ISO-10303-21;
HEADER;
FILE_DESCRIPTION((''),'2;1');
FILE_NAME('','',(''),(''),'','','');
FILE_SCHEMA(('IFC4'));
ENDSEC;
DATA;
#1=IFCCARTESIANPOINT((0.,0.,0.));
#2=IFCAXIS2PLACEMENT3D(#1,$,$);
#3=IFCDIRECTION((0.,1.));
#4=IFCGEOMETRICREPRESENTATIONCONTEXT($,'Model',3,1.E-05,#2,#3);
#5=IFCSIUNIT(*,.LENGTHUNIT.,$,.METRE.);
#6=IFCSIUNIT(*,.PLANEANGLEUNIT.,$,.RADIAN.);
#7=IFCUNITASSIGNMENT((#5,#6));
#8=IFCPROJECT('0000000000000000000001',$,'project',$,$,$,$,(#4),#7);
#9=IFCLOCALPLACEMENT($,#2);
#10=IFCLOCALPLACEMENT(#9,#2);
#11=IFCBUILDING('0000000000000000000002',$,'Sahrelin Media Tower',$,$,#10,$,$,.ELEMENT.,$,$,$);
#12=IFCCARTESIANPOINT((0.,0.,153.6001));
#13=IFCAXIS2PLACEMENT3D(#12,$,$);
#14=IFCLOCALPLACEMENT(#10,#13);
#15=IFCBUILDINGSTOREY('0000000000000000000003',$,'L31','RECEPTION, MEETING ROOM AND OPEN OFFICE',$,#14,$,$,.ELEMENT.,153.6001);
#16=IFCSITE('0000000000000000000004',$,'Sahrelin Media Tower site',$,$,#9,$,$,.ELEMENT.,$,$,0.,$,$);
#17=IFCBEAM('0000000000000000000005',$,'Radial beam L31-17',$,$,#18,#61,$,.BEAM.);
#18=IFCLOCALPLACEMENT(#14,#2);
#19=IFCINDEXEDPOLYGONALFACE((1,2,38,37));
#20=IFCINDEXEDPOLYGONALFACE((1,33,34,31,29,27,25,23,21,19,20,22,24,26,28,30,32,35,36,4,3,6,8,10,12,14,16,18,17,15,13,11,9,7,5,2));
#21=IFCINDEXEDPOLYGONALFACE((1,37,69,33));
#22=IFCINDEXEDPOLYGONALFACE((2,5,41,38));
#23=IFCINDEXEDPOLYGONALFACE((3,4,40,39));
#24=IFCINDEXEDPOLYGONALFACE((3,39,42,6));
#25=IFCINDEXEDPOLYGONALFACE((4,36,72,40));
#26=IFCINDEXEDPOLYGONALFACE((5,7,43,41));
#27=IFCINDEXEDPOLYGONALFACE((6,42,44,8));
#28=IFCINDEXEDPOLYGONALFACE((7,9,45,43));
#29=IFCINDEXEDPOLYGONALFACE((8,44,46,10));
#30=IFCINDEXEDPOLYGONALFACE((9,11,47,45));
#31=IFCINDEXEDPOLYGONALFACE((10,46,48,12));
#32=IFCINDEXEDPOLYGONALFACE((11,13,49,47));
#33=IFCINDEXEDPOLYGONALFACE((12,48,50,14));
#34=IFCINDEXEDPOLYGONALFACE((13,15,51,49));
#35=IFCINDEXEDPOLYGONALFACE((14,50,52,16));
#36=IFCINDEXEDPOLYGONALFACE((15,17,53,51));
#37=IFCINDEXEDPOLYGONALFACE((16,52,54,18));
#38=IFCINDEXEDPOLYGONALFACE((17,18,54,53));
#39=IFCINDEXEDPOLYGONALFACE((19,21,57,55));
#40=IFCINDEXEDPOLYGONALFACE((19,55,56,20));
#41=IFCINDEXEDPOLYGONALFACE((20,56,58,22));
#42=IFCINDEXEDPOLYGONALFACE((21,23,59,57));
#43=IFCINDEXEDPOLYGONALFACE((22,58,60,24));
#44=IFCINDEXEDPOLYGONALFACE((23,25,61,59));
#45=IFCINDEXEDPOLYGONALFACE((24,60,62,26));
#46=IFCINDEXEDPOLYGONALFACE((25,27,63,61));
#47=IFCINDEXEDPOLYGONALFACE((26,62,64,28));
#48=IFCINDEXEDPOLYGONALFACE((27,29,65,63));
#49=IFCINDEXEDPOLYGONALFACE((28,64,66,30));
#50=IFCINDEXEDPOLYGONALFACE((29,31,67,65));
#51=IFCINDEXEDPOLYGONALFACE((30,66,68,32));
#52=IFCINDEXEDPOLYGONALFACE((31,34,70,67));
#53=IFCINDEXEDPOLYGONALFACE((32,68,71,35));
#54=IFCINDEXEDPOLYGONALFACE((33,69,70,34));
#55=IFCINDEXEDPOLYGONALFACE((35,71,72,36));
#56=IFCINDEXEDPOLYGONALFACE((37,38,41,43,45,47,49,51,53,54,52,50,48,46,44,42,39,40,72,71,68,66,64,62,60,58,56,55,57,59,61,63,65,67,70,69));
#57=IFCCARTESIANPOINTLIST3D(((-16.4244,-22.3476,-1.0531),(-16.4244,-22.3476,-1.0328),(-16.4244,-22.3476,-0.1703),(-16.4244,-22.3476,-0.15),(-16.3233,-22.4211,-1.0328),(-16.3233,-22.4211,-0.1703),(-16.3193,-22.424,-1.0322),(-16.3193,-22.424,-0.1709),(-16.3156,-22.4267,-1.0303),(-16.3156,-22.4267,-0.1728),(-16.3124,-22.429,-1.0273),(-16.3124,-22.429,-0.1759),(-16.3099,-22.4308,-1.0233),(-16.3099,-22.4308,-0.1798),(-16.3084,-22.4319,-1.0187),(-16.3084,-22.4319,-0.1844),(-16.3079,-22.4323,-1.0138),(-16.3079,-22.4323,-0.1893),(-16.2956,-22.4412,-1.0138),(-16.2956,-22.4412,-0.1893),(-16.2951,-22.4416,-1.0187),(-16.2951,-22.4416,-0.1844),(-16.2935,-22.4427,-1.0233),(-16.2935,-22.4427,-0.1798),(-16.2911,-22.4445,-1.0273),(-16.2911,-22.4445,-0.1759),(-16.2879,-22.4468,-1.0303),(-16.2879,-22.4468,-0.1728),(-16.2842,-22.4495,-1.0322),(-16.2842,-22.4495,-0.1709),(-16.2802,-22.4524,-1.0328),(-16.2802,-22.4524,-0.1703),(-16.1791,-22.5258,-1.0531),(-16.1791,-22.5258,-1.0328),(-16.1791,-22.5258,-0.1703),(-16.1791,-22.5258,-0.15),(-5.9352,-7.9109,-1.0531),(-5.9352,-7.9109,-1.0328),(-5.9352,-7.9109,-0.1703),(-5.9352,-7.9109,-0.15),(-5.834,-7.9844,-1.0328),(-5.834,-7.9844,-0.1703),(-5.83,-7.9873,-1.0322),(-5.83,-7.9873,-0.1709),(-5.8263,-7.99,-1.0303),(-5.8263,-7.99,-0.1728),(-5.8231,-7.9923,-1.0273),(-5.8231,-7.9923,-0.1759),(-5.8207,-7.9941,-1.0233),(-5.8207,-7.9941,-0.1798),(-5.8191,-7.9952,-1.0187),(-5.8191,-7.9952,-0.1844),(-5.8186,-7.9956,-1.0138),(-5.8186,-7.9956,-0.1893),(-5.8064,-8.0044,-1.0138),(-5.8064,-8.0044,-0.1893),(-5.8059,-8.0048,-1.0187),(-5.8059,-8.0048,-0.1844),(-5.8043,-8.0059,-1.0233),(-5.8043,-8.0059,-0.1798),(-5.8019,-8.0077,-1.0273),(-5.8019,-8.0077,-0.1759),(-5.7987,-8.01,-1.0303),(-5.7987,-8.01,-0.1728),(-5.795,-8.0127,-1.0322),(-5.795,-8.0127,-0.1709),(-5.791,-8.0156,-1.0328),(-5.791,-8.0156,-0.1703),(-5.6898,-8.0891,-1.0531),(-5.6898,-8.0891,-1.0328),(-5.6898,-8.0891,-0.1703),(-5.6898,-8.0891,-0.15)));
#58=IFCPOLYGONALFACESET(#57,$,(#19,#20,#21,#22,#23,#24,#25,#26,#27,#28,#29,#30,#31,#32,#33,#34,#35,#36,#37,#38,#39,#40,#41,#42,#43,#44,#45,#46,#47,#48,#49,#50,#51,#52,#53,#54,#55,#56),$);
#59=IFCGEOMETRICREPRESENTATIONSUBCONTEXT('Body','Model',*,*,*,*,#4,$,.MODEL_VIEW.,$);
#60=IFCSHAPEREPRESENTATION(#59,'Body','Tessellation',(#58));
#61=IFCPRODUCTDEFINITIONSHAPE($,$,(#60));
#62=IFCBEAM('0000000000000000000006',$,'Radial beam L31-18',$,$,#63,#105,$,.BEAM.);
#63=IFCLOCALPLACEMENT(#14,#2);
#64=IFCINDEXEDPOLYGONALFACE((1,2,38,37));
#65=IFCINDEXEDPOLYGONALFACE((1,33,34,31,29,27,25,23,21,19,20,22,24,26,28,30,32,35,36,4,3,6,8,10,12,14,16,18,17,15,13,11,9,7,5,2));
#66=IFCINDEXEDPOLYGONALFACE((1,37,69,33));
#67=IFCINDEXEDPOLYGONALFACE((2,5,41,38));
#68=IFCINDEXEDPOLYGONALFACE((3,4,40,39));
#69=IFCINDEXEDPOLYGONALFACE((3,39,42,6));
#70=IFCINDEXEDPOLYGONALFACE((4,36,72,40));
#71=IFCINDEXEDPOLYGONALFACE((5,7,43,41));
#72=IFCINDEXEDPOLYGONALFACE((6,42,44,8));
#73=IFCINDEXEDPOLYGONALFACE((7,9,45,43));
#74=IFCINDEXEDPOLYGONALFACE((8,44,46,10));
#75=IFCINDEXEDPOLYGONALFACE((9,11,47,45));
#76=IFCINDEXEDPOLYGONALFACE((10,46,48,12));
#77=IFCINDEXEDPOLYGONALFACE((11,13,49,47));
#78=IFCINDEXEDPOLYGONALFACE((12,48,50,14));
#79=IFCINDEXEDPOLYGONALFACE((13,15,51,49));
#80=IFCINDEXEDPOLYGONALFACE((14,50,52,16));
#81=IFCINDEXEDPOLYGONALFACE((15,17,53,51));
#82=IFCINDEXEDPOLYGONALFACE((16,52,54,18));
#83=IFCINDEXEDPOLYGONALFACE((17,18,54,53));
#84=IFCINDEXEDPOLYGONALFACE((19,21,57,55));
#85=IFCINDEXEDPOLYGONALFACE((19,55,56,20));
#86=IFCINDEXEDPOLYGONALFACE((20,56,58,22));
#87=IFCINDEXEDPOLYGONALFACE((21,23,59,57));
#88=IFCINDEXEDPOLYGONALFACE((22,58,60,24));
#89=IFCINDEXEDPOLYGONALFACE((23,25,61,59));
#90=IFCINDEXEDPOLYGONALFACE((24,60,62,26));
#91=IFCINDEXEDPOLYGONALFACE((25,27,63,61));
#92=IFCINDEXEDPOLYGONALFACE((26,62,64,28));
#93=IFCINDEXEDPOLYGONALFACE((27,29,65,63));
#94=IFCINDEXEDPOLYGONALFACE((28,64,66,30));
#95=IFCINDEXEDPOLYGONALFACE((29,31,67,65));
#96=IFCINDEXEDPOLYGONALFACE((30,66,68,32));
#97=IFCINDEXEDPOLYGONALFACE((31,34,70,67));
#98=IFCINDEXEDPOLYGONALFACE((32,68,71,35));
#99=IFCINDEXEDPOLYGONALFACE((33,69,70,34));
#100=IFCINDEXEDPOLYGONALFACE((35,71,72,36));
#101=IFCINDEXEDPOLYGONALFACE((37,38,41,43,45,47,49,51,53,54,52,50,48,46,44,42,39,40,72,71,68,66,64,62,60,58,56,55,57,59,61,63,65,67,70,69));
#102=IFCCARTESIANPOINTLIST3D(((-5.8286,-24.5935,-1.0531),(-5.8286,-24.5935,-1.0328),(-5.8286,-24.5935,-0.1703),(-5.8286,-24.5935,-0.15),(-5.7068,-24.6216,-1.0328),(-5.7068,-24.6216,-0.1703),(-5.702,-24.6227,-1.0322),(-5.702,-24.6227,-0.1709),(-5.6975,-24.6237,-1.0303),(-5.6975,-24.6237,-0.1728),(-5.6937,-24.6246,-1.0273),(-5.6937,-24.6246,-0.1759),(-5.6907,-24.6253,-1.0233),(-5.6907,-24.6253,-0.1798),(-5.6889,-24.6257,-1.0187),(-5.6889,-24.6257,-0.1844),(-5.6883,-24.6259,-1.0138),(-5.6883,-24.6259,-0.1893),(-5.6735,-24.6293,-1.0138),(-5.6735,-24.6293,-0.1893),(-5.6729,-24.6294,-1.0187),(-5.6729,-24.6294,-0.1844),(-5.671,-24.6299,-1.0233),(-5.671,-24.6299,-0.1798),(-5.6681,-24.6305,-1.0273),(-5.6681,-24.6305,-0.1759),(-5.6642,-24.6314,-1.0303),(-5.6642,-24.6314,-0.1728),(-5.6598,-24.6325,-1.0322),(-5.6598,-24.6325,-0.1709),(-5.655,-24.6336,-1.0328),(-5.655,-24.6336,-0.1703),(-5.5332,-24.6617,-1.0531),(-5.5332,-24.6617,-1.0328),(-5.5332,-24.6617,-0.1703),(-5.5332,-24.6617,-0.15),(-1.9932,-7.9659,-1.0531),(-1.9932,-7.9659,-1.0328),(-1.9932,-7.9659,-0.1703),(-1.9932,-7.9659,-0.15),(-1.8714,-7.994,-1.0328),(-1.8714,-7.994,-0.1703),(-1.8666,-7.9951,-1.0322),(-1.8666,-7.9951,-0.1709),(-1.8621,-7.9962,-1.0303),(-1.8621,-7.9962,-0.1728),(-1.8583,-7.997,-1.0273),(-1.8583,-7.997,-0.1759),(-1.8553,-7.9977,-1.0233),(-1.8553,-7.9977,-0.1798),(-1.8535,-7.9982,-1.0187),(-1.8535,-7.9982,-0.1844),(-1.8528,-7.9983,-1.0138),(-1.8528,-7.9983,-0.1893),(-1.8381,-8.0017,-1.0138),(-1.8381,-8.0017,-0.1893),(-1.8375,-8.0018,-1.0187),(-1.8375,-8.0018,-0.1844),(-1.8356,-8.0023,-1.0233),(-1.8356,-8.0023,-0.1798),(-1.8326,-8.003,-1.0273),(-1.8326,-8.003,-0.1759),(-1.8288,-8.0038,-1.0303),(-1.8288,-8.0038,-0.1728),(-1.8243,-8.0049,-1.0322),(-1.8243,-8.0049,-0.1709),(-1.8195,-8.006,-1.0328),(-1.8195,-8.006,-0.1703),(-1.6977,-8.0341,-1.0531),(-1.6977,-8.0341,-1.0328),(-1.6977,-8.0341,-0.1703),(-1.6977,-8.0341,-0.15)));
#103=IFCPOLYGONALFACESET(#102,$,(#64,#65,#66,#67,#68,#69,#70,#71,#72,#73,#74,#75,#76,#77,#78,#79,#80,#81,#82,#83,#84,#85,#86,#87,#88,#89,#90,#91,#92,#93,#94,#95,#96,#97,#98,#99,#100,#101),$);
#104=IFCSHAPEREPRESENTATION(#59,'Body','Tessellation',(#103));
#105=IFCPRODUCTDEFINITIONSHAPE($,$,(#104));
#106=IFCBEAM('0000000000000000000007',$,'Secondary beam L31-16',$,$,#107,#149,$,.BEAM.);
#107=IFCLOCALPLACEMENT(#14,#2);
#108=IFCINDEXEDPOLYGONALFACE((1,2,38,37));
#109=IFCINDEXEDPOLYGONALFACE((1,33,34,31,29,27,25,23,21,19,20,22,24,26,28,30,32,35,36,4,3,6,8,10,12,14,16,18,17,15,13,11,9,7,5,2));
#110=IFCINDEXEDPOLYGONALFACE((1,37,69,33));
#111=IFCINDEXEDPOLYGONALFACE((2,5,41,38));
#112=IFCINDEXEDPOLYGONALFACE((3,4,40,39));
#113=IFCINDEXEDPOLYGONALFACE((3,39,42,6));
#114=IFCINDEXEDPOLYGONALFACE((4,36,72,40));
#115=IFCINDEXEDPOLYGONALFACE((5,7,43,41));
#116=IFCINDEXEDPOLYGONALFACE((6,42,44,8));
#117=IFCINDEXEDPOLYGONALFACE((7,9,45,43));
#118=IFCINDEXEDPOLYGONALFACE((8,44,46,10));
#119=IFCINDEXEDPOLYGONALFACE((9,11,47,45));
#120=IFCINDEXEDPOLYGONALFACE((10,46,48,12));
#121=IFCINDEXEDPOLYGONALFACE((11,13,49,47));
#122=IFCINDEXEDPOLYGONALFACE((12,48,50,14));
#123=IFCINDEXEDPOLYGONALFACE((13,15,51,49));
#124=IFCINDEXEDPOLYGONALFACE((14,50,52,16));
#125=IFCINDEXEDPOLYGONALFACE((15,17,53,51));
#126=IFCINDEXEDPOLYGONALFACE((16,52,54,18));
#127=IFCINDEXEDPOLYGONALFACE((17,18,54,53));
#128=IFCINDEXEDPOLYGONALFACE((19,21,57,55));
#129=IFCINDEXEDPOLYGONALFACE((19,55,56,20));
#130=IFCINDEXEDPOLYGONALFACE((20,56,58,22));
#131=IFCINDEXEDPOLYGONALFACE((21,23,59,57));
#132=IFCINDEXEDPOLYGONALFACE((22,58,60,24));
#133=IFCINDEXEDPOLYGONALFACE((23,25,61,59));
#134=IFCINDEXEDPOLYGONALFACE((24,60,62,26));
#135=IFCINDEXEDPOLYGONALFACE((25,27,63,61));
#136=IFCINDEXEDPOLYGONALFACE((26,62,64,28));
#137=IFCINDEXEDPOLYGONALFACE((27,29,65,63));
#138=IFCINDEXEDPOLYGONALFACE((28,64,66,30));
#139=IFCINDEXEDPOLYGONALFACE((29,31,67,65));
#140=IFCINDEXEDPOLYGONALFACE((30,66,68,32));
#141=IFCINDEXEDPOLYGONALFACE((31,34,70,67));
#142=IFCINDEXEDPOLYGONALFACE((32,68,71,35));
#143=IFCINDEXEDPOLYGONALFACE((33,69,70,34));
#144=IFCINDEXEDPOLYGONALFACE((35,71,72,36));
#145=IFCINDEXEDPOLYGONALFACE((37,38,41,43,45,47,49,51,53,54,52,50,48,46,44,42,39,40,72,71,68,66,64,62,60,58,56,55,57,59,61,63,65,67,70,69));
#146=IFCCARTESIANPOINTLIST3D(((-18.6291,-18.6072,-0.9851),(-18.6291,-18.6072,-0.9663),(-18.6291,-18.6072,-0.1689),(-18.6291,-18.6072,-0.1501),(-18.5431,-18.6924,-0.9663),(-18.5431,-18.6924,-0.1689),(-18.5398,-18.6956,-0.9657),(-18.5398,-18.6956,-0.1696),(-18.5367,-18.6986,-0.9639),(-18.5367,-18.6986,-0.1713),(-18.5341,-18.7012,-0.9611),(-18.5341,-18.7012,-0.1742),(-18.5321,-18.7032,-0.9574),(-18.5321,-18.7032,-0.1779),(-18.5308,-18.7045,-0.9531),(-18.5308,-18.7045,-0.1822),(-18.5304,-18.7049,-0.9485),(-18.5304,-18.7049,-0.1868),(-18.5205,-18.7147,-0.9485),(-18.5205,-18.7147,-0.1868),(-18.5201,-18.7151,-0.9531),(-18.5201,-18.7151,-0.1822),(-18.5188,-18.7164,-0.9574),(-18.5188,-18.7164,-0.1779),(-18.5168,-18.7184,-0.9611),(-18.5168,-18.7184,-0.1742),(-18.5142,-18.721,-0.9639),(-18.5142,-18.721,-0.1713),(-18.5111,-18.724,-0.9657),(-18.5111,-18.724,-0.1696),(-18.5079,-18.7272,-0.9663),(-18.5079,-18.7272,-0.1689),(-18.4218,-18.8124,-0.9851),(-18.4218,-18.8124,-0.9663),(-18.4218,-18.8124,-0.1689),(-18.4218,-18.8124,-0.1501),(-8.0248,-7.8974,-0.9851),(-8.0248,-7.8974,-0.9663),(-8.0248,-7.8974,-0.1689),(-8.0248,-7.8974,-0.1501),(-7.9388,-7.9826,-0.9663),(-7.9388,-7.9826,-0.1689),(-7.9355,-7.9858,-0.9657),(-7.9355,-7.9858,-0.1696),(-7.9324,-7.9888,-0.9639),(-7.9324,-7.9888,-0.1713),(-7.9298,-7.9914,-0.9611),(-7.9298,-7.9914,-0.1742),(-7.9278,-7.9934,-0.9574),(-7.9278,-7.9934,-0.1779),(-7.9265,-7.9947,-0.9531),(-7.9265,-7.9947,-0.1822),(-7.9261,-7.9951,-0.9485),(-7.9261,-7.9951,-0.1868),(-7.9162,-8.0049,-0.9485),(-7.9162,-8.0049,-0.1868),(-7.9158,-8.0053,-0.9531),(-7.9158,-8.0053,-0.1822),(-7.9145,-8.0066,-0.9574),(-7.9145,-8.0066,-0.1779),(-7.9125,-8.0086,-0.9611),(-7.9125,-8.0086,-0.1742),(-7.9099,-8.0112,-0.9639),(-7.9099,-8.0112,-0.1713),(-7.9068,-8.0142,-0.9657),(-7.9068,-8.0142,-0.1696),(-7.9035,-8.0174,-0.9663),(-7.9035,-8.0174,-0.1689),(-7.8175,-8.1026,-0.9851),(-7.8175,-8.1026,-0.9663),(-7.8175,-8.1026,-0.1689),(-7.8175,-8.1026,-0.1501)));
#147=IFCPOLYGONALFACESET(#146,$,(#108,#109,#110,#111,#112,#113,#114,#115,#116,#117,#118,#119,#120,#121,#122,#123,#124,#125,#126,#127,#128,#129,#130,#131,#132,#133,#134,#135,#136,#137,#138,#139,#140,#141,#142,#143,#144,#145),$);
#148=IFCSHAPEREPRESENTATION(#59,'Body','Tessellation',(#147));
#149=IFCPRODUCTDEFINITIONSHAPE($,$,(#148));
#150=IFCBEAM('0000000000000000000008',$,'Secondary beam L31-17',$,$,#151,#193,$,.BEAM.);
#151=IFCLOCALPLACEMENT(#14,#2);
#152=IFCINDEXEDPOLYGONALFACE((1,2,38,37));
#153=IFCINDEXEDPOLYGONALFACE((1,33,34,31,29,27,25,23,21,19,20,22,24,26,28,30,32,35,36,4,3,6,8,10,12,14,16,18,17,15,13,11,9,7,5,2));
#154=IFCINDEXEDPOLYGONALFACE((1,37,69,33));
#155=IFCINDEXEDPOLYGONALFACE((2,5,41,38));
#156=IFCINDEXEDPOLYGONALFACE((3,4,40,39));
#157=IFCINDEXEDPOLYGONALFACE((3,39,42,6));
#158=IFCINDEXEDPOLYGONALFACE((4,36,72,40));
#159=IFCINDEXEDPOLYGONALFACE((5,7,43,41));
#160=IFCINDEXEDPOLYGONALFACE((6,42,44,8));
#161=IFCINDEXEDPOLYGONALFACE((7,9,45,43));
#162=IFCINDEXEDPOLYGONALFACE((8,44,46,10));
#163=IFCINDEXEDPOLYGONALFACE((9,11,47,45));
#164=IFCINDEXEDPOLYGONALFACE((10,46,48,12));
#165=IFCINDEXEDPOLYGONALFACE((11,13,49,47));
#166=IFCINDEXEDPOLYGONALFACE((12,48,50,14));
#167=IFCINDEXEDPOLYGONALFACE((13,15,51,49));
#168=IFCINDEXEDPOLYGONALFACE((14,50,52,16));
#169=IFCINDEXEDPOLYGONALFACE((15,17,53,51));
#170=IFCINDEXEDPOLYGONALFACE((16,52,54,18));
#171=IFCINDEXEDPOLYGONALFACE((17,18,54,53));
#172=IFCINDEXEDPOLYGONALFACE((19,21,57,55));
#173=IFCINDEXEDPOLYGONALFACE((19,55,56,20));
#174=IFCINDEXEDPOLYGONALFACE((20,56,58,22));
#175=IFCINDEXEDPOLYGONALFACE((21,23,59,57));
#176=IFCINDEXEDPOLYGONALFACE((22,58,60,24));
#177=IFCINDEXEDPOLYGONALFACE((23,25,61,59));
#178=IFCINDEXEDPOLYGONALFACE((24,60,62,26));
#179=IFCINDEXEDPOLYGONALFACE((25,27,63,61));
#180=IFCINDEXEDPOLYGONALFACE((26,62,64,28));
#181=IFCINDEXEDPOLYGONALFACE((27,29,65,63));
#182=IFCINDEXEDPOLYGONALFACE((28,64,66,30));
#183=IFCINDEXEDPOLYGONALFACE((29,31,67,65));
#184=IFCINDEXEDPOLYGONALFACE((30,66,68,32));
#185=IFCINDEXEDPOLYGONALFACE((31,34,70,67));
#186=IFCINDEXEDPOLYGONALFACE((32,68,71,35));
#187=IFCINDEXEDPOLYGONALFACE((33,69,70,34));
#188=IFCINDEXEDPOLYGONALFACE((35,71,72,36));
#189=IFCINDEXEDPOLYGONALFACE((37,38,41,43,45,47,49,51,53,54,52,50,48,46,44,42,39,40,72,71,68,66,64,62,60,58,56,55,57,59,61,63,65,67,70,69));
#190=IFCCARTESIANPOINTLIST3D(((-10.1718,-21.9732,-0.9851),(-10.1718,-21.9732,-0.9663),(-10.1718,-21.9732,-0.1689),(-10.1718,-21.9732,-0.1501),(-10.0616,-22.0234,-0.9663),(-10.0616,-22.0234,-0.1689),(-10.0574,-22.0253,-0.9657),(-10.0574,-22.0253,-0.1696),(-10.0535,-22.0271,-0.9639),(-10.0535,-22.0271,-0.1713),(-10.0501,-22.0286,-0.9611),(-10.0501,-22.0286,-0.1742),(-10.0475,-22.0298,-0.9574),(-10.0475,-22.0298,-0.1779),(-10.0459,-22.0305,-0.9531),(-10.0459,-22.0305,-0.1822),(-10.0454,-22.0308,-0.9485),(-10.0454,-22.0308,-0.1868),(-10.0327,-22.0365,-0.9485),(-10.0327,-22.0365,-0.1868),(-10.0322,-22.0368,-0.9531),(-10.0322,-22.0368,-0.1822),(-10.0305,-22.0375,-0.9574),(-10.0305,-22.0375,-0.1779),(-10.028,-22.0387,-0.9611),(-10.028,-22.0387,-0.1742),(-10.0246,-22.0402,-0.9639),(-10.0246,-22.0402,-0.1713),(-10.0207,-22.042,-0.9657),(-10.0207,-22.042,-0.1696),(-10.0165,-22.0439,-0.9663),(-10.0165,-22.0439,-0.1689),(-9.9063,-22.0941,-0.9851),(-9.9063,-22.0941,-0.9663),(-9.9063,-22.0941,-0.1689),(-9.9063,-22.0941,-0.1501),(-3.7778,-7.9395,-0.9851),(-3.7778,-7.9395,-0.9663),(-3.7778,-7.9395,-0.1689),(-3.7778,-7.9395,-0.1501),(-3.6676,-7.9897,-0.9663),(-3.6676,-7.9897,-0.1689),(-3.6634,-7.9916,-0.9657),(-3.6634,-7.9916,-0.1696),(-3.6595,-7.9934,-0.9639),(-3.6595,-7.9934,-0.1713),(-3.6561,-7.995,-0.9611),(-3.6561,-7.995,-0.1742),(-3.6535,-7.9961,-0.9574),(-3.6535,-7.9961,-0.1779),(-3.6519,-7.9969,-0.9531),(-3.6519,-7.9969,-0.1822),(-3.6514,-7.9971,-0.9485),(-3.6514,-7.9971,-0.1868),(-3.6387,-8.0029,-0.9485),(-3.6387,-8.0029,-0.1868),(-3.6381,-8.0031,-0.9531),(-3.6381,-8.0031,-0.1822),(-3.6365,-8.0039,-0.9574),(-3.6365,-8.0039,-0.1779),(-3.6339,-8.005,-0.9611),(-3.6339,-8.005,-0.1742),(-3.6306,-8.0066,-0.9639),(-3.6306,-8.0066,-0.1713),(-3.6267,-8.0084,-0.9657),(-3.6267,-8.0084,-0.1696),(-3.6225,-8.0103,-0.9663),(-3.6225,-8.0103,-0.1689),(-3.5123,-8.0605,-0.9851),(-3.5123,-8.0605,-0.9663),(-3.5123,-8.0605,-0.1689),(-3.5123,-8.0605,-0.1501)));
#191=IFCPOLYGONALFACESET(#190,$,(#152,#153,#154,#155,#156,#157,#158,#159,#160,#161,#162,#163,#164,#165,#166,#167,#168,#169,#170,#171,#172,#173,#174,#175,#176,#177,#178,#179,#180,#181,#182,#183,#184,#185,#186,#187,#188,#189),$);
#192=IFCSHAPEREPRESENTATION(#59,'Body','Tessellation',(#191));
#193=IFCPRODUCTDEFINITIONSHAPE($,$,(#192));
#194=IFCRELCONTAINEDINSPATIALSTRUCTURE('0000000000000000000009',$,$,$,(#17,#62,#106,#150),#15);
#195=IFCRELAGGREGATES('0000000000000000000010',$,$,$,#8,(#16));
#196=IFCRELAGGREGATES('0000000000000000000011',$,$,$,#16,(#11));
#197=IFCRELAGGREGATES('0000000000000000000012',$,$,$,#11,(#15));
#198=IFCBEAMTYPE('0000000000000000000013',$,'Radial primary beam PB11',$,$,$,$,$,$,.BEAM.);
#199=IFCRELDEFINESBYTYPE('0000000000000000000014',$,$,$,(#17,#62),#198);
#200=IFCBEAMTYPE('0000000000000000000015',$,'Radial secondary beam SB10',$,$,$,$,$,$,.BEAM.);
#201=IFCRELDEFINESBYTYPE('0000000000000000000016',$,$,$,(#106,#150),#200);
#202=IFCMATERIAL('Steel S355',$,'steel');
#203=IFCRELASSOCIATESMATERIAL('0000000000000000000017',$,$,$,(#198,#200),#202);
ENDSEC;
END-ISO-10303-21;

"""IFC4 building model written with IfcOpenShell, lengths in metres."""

from ifc_helpers import new_model, si_unit, direction, frame, origin, origin_2d, place, context, subcontext, project, spatial, i_section, extrude, material, material_profile, profile_set, type_object, element, save


model = new_model("IFC4")

# Units and contexts
model_context = context("Model", 3, precision=1e-05, world=origin(), true_north=direction((0.0, 1.0)))
body_context = subcontext(model_context, "Body", "Model", "MODEL_VIEW")
ifc_project = project(units=[si_unit("LENGTHUNIT", "METRE"), si_unit("PLANEANGLEUNIT", "RADIAN")], contexts=[model_context])

# Site, building, storey
site_placement = place(None, origin())
site = spatial("IfcSite", under=ifc_project, at=site_placement, Name="Sahrelin Media Tower site", CompositionType="ELEMENT", RefElevation=0.0)
building_placement = place(site_placement, origin())
building = spatial("IfcBuilding", under=site, at=building_placement, Name="Sahrelin Media Tower", CompositionType="ELEMENT")
storey_placement = place(building_placement, frame((0.0, 0.0, 153.6001)))
storey = spatial("IfcBuildingStorey", under=building, at=storey_placement, Name="L31", Description="RECEPTION, MEETING ROOM AND OPEN OFFICE", CompositionType="ELEMENT", Elevation=153.6001)

# Beams
ifc_material_1 = material(Name="Steel S355", Category="steel")
ifc_material_profile_1 = material_profile(ifc_material_1, i_section(OverallWidth=0.3032, OverallDepth=0.9031, WebThickness=0.0151, FlangeThickness=0.0203, FilletRadius=0.019, at=origin_2d()), Name="UB 914x305x201")
ifc_profile_set_1 = profile_set([ifc_material_profile_1], Name="Steel S355")
beam_type_1 = type_object("IfcBeamType", Name="Radial primary beam PB11", PredefinedType="BEAM", material=ifc_profile_set_1)
beam_1_placement = place(storey_placement, frame((-5.8125, -8.0, -0.6016), z_axis=(-0.587797, -0.809008, 0.0), x_axis=(0.809008, -0.587797, 0.0)))
element("IfcBeam", 1, at=beam_1_placement, inside=storey, type_object=beam_type_1, Name="Radial beam L31-17", PredefinedType="BEAM", context=body_context, shape_type="SweptSolid", body=[
    extrude(i_section(OverallWidth=0.3032, OverallDepth=0.9031, WebThickness=0.0151, FlangeThickness=0.0203, FilletRadius=0.019, at=origin_2d()), origin(), (0.0, 0.0, 1.0), 17.845),
])
beam_2_placement = place(storey_placement, frame((-1.8455, -8.0, -0.6016), z_axis=(-0.224764, -0.974413, 0.0), x_axis=(0.974413, -0.224764, 0.0)))
element("IfcBeam", 2, at=beam_2_placement, inside=storey, type_object=beam_type_1, Name="Radial beam L31-18", PredefinedType="BEAM", context=body_context, shape_type="SweptSolid", body=[
    extrude(i_section(OverallWidth=0.3032, OverallDepth=0.9031, WebThickness=0.0151, FlangeThickness=0.0203, FilletRadius=0.019, at=origin_2d()), origin(), (0.0, 0.0, 1.0), 17.0642),
])
ifc_material_profile_2 = material_profile(ifc_material_1, i_section(OverallWidth=0.2917, OverallDepth=0.835, WebThickness=0.0139, FlangeThickness=0.0188, FilletRadius=0.0178, at=origin_2d()), Name="UB 838x292x176")
ifc_profile_set_2 = profile_set([ifc_material_profile_2], Name="Steel S355")
beam_type_2 = type_object("IfcBeamType", Name="Radial secondary beam SB10", PredefinedType="BEAM", material=ifc_profile_set_2)
beam_3_placement = place(storey_placement, frame((-7.9211, -8.0, -0.5676), z_axis=(-0.703599, -0.710597, 0.0), x_axis=(0.710597, -0.703599, 0.0)))
element("IfcBeam", 3, at=beam_3_placement, inside=storey, type_object=beam_type_2, Name="Secondary beam L31-16", PredefinedType="BEAM", context=body_context, shape_type="SweptSolid", body=[
    extrude(i_section(OverallWidth=0.2917, OverallDepth=0.835, WebThickness=0.0139, FlangeThickness=0.0188, FilletRadius=0.0178, at=origin_2d()), origin(), (0.0, 0.0, 1.0), 15.0715),
])
beam_4_placement = place(storey_placement, frame((-3.645, -8.0, -0.5676), z_axis=(-0.414614, -0.909997, 0.0), x_axis=(0.909997, -0.414614, 0.0)))
element("IfcBeam", 4, at=beam_4_placement, inside=storey, type_object=beam_type_2, Name="Secondary beam L31-17", PredefinedType="BEAM", context=body_context, shape_type="SweptSolid", body=[
    extrude(i_section(OverallWidth=0.2917, OverallDepth=0.835, WebThickness=0.0139, FlangeThickness=0.0188, FilletRadius=0.0178, at=origin_2d()), origin(), (0.0, 0.0, 1.0), 15.4216),
])

save(model, "model.ifc")
